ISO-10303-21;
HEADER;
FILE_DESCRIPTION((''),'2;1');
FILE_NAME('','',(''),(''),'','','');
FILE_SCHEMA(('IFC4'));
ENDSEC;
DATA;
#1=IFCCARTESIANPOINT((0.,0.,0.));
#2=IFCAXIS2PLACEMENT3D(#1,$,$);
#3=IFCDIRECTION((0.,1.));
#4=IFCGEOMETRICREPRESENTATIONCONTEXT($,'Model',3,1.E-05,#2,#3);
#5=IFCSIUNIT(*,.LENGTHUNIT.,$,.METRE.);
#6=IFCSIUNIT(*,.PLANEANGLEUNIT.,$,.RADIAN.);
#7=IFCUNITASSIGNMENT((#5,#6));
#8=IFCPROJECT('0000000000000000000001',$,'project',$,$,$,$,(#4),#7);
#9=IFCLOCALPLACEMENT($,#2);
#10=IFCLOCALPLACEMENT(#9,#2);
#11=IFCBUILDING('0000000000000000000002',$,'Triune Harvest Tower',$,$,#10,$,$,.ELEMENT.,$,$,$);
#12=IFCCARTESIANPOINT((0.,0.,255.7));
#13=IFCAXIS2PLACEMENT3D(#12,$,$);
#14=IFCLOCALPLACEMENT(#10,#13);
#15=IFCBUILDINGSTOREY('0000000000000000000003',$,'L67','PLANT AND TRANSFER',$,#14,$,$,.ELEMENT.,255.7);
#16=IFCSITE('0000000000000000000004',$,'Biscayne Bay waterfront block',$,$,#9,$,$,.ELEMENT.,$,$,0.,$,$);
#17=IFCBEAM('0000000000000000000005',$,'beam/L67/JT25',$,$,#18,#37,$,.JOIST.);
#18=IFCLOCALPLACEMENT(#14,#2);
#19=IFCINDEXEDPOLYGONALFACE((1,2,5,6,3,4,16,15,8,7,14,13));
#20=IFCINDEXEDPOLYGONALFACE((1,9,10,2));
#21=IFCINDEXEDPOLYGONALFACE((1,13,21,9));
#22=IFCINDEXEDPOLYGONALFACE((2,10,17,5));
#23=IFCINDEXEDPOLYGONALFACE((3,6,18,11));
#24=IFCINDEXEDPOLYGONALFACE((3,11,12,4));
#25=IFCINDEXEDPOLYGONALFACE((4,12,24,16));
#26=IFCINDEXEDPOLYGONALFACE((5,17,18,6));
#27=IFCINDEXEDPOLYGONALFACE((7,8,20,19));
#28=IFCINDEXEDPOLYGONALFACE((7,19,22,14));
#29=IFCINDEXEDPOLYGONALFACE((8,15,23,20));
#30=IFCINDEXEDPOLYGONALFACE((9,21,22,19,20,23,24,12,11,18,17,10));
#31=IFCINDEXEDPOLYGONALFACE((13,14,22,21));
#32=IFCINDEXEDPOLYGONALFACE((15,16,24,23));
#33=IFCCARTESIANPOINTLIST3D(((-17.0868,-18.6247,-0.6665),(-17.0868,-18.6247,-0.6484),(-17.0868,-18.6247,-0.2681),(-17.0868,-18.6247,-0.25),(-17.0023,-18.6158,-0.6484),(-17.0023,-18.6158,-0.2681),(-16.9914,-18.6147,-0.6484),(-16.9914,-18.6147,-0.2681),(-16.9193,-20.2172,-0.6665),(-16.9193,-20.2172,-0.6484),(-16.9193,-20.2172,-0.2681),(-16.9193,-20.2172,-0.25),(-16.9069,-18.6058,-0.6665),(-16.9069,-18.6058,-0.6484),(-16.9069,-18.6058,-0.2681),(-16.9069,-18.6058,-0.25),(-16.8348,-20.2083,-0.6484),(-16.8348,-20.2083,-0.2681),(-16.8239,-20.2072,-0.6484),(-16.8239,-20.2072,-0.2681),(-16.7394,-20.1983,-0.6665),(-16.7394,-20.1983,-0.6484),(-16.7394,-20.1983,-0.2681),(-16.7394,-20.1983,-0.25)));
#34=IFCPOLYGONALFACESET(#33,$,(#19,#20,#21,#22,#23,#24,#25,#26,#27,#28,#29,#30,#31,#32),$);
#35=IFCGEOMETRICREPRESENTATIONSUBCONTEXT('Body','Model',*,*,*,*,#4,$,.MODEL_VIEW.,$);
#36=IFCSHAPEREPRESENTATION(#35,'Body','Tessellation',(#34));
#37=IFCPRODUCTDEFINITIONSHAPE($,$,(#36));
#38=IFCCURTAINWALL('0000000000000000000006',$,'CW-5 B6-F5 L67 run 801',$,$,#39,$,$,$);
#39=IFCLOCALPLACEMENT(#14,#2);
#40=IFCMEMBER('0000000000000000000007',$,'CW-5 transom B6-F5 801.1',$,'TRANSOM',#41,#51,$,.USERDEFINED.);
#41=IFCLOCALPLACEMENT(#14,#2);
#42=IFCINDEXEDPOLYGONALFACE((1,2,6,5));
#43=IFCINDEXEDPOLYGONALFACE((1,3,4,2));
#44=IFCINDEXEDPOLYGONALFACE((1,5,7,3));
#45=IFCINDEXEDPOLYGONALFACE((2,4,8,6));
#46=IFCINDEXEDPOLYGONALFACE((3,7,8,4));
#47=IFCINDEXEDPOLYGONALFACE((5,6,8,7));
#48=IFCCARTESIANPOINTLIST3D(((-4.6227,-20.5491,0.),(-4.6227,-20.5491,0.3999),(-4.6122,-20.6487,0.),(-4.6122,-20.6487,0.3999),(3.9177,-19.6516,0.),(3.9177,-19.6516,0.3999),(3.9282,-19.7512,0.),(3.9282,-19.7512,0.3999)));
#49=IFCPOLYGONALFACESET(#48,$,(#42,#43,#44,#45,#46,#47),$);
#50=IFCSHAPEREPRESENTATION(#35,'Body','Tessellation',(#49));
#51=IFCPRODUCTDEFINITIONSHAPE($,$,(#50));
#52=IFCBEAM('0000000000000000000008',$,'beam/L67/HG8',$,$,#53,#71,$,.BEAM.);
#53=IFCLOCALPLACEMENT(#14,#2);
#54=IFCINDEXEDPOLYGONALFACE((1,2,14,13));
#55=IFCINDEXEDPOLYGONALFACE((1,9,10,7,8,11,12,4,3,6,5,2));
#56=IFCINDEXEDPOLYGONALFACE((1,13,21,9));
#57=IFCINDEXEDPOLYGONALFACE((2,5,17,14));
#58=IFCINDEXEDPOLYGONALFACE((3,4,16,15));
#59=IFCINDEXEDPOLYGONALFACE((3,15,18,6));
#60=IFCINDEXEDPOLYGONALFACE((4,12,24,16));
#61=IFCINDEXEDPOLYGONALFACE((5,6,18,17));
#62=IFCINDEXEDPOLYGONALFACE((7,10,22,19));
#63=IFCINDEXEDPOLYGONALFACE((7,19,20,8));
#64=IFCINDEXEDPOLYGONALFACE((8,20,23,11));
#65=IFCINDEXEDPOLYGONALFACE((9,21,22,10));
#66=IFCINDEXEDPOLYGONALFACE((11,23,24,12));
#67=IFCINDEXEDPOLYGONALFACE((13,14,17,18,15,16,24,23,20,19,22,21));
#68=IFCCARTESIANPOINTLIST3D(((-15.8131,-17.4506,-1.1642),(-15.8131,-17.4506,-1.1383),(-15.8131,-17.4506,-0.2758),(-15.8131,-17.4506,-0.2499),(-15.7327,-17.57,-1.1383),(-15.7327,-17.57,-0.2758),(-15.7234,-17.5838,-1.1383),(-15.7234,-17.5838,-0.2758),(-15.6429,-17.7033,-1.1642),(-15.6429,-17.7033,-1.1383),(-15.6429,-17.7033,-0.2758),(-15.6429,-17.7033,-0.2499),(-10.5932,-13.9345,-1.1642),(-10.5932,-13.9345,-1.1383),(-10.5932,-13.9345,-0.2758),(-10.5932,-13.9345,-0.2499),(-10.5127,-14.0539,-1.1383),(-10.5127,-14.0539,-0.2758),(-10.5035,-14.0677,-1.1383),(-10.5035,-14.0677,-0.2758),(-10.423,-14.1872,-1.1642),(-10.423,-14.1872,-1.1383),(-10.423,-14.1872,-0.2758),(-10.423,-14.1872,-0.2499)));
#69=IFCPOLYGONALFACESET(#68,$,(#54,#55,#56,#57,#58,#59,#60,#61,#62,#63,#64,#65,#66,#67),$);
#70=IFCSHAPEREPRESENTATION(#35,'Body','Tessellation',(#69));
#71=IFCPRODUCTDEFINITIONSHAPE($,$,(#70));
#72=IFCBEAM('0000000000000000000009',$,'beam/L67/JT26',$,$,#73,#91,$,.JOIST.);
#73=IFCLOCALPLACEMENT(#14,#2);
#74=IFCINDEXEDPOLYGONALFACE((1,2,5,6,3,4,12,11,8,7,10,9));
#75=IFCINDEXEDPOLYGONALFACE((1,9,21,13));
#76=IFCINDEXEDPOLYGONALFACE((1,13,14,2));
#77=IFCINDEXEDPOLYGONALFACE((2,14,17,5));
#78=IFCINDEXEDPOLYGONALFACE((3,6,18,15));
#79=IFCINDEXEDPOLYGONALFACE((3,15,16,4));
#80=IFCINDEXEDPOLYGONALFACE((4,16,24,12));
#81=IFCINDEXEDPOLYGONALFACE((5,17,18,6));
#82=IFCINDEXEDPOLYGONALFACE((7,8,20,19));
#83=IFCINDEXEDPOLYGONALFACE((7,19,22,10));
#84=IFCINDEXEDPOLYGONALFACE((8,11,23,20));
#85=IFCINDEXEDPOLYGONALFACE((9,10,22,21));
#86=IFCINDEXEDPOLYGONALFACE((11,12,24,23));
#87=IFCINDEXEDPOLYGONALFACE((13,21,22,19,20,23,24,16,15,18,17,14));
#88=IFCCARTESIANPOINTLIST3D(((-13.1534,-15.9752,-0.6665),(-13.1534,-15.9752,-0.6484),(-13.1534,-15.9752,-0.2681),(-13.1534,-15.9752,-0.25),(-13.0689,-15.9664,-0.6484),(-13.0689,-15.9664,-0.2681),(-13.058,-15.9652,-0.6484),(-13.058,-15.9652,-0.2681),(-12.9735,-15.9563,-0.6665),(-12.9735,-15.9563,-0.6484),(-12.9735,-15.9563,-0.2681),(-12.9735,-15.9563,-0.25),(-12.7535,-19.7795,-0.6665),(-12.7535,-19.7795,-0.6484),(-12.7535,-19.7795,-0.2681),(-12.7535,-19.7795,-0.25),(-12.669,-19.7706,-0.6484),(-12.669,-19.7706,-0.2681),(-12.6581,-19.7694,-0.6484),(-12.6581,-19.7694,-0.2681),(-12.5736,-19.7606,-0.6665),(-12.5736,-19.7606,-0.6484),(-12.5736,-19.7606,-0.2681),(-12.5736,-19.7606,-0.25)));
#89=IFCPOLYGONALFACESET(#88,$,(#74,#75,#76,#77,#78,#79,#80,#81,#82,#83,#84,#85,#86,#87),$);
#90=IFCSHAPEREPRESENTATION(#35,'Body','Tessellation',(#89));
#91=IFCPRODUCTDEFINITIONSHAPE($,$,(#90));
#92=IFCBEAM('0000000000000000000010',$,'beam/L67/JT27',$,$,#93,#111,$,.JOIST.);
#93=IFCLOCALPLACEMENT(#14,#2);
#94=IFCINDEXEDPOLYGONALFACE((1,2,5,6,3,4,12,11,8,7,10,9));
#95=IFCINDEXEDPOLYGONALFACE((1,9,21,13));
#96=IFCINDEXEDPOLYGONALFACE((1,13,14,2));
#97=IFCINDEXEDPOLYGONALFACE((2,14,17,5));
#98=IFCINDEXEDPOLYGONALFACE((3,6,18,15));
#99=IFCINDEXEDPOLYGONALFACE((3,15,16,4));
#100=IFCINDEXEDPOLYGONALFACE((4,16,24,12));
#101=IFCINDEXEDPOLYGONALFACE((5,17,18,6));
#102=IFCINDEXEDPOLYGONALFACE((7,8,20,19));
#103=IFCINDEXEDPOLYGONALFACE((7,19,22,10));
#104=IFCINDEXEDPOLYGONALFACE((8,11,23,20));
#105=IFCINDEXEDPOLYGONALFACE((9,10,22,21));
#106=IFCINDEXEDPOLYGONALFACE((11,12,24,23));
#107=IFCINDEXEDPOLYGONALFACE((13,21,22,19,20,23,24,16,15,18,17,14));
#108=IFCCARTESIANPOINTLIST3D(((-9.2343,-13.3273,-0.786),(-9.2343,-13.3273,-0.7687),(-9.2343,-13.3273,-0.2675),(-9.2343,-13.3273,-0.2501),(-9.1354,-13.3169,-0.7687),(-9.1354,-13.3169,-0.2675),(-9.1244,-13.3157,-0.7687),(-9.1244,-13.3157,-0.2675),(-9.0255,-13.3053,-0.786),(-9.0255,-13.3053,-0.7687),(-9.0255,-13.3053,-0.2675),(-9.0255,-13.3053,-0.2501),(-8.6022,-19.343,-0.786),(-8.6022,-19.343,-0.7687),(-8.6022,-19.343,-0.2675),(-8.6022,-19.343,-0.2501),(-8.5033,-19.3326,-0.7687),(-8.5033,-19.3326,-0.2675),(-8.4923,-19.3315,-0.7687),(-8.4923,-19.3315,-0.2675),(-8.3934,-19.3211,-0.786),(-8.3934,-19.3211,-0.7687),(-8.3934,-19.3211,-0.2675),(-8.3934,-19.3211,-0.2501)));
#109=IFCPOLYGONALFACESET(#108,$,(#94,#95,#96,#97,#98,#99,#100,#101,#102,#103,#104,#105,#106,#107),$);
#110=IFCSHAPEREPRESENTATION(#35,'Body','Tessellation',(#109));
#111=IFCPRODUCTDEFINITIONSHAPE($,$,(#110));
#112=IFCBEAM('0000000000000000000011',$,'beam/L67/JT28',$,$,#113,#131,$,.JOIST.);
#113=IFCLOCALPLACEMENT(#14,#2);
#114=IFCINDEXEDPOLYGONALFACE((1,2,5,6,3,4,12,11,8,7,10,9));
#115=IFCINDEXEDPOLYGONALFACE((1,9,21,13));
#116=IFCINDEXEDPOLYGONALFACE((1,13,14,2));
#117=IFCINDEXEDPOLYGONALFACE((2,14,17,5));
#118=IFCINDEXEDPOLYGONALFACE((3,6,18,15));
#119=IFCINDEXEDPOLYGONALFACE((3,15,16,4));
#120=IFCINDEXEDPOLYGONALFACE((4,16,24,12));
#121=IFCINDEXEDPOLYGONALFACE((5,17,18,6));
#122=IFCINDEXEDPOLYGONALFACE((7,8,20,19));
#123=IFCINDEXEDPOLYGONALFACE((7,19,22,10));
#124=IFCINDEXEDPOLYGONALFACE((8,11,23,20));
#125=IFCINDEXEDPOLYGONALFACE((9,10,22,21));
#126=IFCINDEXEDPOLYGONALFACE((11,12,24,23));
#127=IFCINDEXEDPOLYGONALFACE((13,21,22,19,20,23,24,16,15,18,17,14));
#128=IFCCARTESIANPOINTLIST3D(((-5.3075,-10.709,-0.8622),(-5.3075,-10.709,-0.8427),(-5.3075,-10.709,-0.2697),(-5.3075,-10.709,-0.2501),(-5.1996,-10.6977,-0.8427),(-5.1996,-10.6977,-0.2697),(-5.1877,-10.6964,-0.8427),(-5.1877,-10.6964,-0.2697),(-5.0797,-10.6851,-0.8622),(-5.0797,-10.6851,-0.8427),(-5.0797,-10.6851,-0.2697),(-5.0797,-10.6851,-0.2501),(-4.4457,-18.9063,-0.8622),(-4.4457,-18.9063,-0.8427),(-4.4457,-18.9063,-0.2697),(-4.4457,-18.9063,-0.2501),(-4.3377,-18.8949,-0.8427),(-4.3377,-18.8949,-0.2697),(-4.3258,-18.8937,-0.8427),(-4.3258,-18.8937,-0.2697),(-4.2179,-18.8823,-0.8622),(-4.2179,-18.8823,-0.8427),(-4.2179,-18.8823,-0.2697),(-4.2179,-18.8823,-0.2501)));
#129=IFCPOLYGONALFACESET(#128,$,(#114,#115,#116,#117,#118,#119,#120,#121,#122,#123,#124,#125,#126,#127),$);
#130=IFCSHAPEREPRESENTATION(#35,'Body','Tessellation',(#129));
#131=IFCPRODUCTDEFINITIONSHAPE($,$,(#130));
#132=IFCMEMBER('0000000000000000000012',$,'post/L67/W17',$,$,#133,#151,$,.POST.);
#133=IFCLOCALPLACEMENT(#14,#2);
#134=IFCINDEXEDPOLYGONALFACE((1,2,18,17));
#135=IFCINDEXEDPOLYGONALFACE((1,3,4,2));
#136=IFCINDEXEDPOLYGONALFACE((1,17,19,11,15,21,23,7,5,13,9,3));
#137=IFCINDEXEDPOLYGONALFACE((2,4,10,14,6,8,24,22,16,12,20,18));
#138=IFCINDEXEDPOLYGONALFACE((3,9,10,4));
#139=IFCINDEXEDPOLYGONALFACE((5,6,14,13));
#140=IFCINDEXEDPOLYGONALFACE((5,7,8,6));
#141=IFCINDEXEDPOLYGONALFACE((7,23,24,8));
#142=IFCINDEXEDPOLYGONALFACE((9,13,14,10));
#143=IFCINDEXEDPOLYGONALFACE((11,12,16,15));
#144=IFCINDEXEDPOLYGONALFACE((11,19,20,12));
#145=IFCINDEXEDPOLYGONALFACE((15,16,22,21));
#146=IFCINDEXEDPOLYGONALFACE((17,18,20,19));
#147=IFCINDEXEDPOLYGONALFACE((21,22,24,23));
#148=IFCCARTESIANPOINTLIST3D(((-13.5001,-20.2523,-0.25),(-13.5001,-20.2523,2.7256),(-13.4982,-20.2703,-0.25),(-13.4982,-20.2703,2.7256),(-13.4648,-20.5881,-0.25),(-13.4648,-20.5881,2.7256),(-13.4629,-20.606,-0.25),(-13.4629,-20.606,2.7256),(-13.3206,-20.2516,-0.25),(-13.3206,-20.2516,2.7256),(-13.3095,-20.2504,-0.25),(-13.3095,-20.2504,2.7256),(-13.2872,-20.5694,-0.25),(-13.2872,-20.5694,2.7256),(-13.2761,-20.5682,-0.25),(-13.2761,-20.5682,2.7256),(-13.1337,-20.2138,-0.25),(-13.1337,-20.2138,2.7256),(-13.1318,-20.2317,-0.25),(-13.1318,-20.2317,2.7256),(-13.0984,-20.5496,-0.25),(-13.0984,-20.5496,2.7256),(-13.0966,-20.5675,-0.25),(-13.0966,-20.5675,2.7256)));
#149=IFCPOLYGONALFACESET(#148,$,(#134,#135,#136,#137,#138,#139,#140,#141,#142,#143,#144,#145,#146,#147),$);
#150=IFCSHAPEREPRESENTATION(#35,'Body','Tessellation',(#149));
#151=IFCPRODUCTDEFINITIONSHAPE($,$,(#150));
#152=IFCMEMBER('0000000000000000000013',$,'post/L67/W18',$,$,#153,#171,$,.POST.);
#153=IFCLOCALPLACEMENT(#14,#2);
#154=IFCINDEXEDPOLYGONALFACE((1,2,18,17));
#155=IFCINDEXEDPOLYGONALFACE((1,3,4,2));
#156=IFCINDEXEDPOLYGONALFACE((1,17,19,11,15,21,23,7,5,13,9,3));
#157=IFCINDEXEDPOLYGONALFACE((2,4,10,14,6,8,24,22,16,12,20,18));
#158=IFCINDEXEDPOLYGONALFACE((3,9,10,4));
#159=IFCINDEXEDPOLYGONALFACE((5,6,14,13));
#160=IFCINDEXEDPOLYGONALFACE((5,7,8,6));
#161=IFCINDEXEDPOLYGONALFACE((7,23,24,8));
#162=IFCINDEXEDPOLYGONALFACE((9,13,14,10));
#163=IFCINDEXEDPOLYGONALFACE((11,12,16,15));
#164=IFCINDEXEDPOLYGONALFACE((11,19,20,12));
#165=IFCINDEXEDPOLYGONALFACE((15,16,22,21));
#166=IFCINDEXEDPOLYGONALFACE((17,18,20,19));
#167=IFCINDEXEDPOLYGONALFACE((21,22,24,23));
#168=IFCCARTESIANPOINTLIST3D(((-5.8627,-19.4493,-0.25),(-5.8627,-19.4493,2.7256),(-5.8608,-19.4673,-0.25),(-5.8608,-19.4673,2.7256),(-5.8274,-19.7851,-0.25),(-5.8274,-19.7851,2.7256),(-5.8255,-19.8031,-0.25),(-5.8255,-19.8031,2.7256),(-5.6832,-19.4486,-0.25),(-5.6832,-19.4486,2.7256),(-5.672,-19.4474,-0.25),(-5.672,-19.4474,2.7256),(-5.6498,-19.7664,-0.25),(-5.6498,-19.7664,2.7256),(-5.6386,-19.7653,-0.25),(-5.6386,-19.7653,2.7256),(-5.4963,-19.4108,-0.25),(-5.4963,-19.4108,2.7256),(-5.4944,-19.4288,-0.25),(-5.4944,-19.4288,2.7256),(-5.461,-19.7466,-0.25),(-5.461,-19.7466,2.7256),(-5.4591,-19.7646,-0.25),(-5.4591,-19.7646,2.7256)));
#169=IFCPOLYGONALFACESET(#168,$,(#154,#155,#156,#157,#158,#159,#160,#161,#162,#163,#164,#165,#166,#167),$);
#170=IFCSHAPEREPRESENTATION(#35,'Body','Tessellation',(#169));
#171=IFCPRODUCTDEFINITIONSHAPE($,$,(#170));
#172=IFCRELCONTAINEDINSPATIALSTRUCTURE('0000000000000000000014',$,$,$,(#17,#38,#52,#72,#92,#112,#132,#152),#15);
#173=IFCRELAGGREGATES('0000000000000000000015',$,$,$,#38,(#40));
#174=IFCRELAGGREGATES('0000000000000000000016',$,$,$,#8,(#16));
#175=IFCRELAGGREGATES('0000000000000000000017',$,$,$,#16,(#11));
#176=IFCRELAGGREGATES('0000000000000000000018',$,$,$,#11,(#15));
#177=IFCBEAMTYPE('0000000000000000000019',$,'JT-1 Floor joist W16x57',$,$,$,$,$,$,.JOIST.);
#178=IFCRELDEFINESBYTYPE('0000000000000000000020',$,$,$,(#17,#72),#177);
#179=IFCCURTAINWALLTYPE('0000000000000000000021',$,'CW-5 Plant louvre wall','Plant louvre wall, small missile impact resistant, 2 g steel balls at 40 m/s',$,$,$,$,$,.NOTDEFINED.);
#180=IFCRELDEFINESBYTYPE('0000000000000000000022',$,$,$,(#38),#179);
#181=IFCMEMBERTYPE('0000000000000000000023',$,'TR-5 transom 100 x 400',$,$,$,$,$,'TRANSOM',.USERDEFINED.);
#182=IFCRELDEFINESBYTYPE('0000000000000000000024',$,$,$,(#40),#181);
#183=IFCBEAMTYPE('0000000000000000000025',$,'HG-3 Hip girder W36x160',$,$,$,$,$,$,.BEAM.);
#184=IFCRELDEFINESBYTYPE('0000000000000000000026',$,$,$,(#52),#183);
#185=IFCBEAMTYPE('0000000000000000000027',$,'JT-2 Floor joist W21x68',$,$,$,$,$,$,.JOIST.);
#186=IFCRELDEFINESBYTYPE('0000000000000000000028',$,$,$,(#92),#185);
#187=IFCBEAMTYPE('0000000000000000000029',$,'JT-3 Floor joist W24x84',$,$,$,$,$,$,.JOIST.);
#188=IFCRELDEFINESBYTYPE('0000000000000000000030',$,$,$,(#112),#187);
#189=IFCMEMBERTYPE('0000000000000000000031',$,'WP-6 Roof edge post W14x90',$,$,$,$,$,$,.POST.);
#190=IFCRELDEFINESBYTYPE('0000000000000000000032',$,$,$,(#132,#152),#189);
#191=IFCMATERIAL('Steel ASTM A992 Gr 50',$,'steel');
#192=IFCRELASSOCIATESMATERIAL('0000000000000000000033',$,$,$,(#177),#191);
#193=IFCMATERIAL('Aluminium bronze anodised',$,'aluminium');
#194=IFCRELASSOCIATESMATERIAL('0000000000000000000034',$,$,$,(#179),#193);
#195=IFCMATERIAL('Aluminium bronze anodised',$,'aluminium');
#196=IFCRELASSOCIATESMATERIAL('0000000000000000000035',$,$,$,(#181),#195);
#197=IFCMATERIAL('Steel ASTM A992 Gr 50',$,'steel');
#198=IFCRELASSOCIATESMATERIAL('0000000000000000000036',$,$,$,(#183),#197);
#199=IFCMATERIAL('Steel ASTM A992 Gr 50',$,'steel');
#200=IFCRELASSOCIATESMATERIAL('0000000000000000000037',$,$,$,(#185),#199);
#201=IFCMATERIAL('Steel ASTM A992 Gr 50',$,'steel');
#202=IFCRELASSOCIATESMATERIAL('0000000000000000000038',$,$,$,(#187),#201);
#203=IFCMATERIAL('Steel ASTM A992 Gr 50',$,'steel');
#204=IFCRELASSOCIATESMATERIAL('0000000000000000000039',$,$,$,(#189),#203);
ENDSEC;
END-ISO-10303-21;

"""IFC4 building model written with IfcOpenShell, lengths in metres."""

from ifc_helpers import new_model, si_unit, direction, frame, origin, origin_2d, place, context, subcontext, project, spatial, rectangle, i_section, extrude, source, transform, mapped, material, material_profile, profile_set, type_object, element, aggregate, save


model = new_model("IFC4")

# Units and contexts
model_context = context("Model", 3, precision=1e-05, world=origin(), true_north=direction((0.0, 1.0)))
body_context = subcontext(model_context, "Body", "Model", "MODEL_VIEW")
ifc_project = project(units=[si_unit("LENGTHUNIT", "METRE"), si_unit("PLANEANGLEUNIT", "RADIAN")], contexts=[model_context])

# Site, building, storey
site_placement = place(None, origin())
site = spatial("IfcSite", under=ifc_project, at=site_placement, Name="Biscayne Bay waterfront block", CompositionType="ELEMENT", RefElevation=0.0)
building_placement = place(site_placement, origin())
building = spatial("IfcBuilding", under=site, at=building_placement, Name="Triune Harvest Tower", CompositionType="ELEMENT")
storey_placement = place(building_placement, frame((0.0, 0.0, 255.7)))
storey = spatial("IfcBuildingStorey", under=building, at=storey_placement, Name="L67", Description="PLANT AND TRANSFER", CompositionType="ELEMENT", Elevation=255.7)

# Beam
ifc_material_1 = material(Name="Steel ASTM A992 Gr 50", Category="steel")
ifc_material_profile_1 = material_profile(ifc_material_1, i_section(OverallWidth=0.1809, OverallDepth=0.4165, WebThickness=0.011, FlangeThickness=0.0181, at=origin_2d()), Name="W16x57")
ifc_profile_set_1 = profile_set([ifc_material_profile_1], Name="Steel ASTM A992 Gr 50")
beam_type_1 = type_object("IfcBeamType", Name="JT-1 Floor joist W16x57", PredefinedType="JOIST", material=ifc_profile_set_1)
beam_1_placement = place(storey_placement, frame((-16.8293, -20.2078, -0.4583), z_axis=(-0.10459, 0.994515, 0.0), x_axis=(-0.994515, -0.10459, 0.0)))
element("IfcBeam", 1, at=beam_1_placement, inside=storey, type_object=beam_type_1, Name="beam/L67/JT25", PredefinedType="JOIST", context=body_context, shape_type="SweptSolid", body=[
    extrude(i_section(OverallWidth=0.1809, OverallDepth=0.4165, WebThickness=0.011, FlangeThickness=0.0181, at=origin_2d()), origin(), (0.0, 0.0, 1.0), 1.6013),
])

# Curtain wall, member
ifc_material_2 = material(Name="Aluminium bronze anodised", Category="aluminium")
curtain_wall_type = type_object("IfcCurtainWallType", Name="CW-5 Plant louvre wall", Description="Plant louvre wall, small missile impact resistant, 2 g steel balls at 40 m/s", PredefinedType="NOTDEFINED", material=ifc_material_2)
curtain_wall_placement = place(storey_placement, origin())
curtain_wall = element("IfcCurtainWall", 2, at=curtain_wall_placement, inside=storey, type_object=curtain_wall_type, Name="CW-5 B6-F5 L67 run 801")
ifc_material_3 = material(Name="Aluminium bronze anodised", Category="aluminium")
ifc_material_profile_2 = material_profile(ifc_material_3, rectangle(XDim=0.1001, YDim=0.3999, at=origin_2d()), Name="TR-5 transom 100 x 400")
ifc_profile_set_2 = profile_set([ifc_material_profile_2], Name="Aluminium bronze anodised")
member_type_1 = type_object("IfcMemberType", Name="TR-5 transom 100 x 400", ElementType="TRANSOM", PredefinedType="USERDEFINED", material=ifc_profile_set_2)
member_1_placement = place(storey_placement, frame((-4.6174, -20.5989, 0.2), z_axis=(0.994524, 0.10451, 0.0), x_axis=(-0.10451, 0.994524, 0.0)))
member_1 = element("IfcMember", 3, at=member_1_placement, type_object=member_type_1, Name="CW-5 transom B6-F5 801.1", ObjectType="TRANSOM", PredefinedType="USERDEFINED", context=body_context, shape_type="SweptSolid", body=[
    extrude(rectangle(XDim=0.1001, YDim=0.3999, at=origin_2d()), origin(), (0.0, 0.0, 1.0), 8.5874),
])
aggregate(curtain_wall, [member_1])

# Beams
ifc_material_4 = material(Name="Steel ASTM A992 Gr 50", Category="steel")
ifc_material_profile_3 = material_profile(ifc_material_4, i_section(OverallWidth=0.3047, OverallDepth=0.9143, WebThickness=0.0166, FlangeThickness=0.0259, at=origin_2d()), Name="W36x160")
ifc_profile_set_3 = profile_set([ifc_material_profile_3], Name="Steel ASTM A992 Gr 50")
beam_type_2 = type_object("IfcBeamType", Name="HG-3 Hip girder W36x160", PredefinedType="BEAM", material=ifc_profile_set_3)
shared_shape_1 = source(origin(), body_context, "Body", "SweptSolid", [
    extrude(i_section(OverallWidth=0.3047, OverallDepth=0.9143, WebThickness=0.0166, FlangeThickness=0.0259, at=origin_2d()), origin(), (0.0, 0.0, 1.0), 6.2937),
])
beam_2_placement = place(storey_placement, frame((-15.728, -17.5769, -0.707), z_axis=(0.829391, 0.558668, 0.0), x_axis=(-0.558668, 0.829391, 0.0)))
element("IfcBeam", 4, at=beam_2_placement, inside=storey, type_object=beam_type_2, Name="beam/L67/HG8", PredefinedType="BEAM", context=body_context, shape_type="MappedRepresentation", body=[
    mapped(shared_shape_1, transform((0.0, 0.0, 0.0), scale=1.0)),
])
shared_shape_2 = source(origin(), body_context, "Body", "SweptSolid", [
    extrude(i_section(OverallWidth=0.1809, OverallDepth=0.4165, WebThickness=0.011, FlangeThickness=0.0181, at=origin_2d()), origin(), (0.0, 0.0, 1.0), 3.8252),
])
beam_3_placement = place(storey_placement, frame((-12.6636, -19.77, -0.4583), z_axis=(-0.104545, 0.99452, 0.0), x_axis=(-0.99452, -0.104545, 0.0)))
element("IfcBeam", 5, at=beam_3_placement, inside=storey, type_object=beam_type_1, Name="beam/L67/JT26", PredefinedType="JOIST", context=body_context, shape_type="MappedRepresentation", body=[
    mapped(shared_shape_2, transform((0.0, 0.0, 0.0), scale=1.0)),
])
ifc_material_5 = material(Name="Steel ASTM A992 Gr 50", Category="steel")
ifc_material_profile_4 = material_profile(ifc_material_5, i_section(OverallWidth=0.21, OverallDepth=0.5359, WebThickness=0.011, FlangeThickness=0.0173, at=origin_2d()), Name="W21x68")
ifc_profile_set_4 = profile_set([ifc_material_profile_4], Name="Steel ASTM A992 Gr 50")
beam_type_3 = type_object("IfcBeamType", Name="JT-2 Floor joist W21x68", PredefinedType="JOIST", material=ifc_profile_set_4)
shared_shape_3 = source(origin(), body_context, "Body", "SweptSolid", [
    extrude(i_section(OverallWidth=0.21, OverallDepth=0.5359, WebThickness=0.011, FlangeThickness=0.0173, at=origin_2d()), origin(), (0.0, 0.0, 1.0), 6.0488),
])
beam_4_placement = place(storey_placement, frame((-8.4978, -19.332, -0.5181), z_axis=(-0.104498, 0.994525, 0.0), x_axis=(-0.994525, -0.104498, 0.0)))
element("IfcBeam", 6, at=beam_4_placement, inside=storey, type_object=beam_type_3, Name="beam/L67/JT27", PredefinedType="JOIST", context=body_context, shape_type="MappedRepresentation", body=[
    mapped(shared_shape_3, transform((0.0, 0.0, 0.0), scale=1.0)),
])
ifc_material_6 = material(Name="Steel ASTM A992 Gr 50", Category="steel")
ifc_material_profile_5 = material_profile(ifc_material_6, i_section(OverallWidth=0.229, OverallDepth=0.6121, WebThickness=0.012, FlangeThickness=0.0195, at=origin_2d()), Name="W24x84")
ifc_profile_set_5 = profile_set([ifc_material_profile_5], Name="Steel ASTM A992 Gr 50")
beam_type_4 = type_object("IfcBeamType", Name="JT-3 Floor joist W24x84", PredefinedType="JOIST", material=ifc_profile_set_5)
shared_shape_4 = source(origin(), body_context, "Body", "SweptSolid", [
    extrude(i_section(OverallWidth=0.229, OverallDepth=0.6121, WebThickness=0.012, FlangeThickness=0.0195, at=origin_2d()), origin(), (0.0, 0.0, 1.0), 8.2424),
])
beam_5_placement = place(storey_placement, frame((-4.3318, -18.8943, -0.5562), z_axis=(-0.104558, 0.994519, 0.0), x_axis=(-0.994519, -0.104558, 0.0)))
element("IfcBeam", 7, at=beam_5_placement, inside=storey, type_object=beam_type_4, Name="beam/L67/JT28", PredefinedType="JOIST", context=body_context, shape_type="MappedRepresentation", body=[
    mapped(shared_shape_4, transform((0.0, 0.0, 0.0), scale=1.0)),
])

# Members
ifc_material_7 = material(Name="Steel ASTM A992 Gr 50", Category="steel")
ifc_material_profile_6 = material_profile(ifc_material_7, i_section(OverallWidth=0.3684, OverallDepth=0.3557, WebThickness=0.0112, FlangeThickness=0.0181, at=origin_2d()), Name="W14x90")
ifc_profile_set_6 = profile_set([ifc_material_profile_6], Name="Steel ASTM A992 Gr 50")
member_type_2 = type_object("IfcMemberType", Name="WP-6 Roof edge post W14x90", PredefinedType="POST", material=ifc_profile_set_6)
shared_shape_5 = source(origin(), body_context, "Body", "SweptSolid", [
    extrude(i_section(OverallWidth=0.3684, OverallDepth=0.3557, WebThickness=0.0112, FlangeThickness=0.0181, at=origin_2d()), origin(), (0.0, 0.0, 1.0), 2.9756),
])
for number, where, z_axis, x_axis, name in (
    (8, (-13.2983, -20.4099, -0.25), (0.0, 0.0, 1.0), (0.994522, 0.10453, 0.0), "post/L67/W17"),
    (9, (-5.6609, -19.6069, -0.25), (0.0, 0.0, 1.0), (0.994522, 0.10453, 0.0), "post/L67/W18"),
):
    element("IfcMember", number, at=place(storey_placement, frame(where, z_axis=z_axis, x_axis=x_axis)), inside=storey, type_object=member_type_2, Name=name, PredefinedType="POST", context=body_context, shape_type="MappedRepresentation", body=[
        mapped(shared_shape_5, transform((0.0, 0.0, 0.0), scale=1.0)),
    ])

save(model, "model.ifc")
